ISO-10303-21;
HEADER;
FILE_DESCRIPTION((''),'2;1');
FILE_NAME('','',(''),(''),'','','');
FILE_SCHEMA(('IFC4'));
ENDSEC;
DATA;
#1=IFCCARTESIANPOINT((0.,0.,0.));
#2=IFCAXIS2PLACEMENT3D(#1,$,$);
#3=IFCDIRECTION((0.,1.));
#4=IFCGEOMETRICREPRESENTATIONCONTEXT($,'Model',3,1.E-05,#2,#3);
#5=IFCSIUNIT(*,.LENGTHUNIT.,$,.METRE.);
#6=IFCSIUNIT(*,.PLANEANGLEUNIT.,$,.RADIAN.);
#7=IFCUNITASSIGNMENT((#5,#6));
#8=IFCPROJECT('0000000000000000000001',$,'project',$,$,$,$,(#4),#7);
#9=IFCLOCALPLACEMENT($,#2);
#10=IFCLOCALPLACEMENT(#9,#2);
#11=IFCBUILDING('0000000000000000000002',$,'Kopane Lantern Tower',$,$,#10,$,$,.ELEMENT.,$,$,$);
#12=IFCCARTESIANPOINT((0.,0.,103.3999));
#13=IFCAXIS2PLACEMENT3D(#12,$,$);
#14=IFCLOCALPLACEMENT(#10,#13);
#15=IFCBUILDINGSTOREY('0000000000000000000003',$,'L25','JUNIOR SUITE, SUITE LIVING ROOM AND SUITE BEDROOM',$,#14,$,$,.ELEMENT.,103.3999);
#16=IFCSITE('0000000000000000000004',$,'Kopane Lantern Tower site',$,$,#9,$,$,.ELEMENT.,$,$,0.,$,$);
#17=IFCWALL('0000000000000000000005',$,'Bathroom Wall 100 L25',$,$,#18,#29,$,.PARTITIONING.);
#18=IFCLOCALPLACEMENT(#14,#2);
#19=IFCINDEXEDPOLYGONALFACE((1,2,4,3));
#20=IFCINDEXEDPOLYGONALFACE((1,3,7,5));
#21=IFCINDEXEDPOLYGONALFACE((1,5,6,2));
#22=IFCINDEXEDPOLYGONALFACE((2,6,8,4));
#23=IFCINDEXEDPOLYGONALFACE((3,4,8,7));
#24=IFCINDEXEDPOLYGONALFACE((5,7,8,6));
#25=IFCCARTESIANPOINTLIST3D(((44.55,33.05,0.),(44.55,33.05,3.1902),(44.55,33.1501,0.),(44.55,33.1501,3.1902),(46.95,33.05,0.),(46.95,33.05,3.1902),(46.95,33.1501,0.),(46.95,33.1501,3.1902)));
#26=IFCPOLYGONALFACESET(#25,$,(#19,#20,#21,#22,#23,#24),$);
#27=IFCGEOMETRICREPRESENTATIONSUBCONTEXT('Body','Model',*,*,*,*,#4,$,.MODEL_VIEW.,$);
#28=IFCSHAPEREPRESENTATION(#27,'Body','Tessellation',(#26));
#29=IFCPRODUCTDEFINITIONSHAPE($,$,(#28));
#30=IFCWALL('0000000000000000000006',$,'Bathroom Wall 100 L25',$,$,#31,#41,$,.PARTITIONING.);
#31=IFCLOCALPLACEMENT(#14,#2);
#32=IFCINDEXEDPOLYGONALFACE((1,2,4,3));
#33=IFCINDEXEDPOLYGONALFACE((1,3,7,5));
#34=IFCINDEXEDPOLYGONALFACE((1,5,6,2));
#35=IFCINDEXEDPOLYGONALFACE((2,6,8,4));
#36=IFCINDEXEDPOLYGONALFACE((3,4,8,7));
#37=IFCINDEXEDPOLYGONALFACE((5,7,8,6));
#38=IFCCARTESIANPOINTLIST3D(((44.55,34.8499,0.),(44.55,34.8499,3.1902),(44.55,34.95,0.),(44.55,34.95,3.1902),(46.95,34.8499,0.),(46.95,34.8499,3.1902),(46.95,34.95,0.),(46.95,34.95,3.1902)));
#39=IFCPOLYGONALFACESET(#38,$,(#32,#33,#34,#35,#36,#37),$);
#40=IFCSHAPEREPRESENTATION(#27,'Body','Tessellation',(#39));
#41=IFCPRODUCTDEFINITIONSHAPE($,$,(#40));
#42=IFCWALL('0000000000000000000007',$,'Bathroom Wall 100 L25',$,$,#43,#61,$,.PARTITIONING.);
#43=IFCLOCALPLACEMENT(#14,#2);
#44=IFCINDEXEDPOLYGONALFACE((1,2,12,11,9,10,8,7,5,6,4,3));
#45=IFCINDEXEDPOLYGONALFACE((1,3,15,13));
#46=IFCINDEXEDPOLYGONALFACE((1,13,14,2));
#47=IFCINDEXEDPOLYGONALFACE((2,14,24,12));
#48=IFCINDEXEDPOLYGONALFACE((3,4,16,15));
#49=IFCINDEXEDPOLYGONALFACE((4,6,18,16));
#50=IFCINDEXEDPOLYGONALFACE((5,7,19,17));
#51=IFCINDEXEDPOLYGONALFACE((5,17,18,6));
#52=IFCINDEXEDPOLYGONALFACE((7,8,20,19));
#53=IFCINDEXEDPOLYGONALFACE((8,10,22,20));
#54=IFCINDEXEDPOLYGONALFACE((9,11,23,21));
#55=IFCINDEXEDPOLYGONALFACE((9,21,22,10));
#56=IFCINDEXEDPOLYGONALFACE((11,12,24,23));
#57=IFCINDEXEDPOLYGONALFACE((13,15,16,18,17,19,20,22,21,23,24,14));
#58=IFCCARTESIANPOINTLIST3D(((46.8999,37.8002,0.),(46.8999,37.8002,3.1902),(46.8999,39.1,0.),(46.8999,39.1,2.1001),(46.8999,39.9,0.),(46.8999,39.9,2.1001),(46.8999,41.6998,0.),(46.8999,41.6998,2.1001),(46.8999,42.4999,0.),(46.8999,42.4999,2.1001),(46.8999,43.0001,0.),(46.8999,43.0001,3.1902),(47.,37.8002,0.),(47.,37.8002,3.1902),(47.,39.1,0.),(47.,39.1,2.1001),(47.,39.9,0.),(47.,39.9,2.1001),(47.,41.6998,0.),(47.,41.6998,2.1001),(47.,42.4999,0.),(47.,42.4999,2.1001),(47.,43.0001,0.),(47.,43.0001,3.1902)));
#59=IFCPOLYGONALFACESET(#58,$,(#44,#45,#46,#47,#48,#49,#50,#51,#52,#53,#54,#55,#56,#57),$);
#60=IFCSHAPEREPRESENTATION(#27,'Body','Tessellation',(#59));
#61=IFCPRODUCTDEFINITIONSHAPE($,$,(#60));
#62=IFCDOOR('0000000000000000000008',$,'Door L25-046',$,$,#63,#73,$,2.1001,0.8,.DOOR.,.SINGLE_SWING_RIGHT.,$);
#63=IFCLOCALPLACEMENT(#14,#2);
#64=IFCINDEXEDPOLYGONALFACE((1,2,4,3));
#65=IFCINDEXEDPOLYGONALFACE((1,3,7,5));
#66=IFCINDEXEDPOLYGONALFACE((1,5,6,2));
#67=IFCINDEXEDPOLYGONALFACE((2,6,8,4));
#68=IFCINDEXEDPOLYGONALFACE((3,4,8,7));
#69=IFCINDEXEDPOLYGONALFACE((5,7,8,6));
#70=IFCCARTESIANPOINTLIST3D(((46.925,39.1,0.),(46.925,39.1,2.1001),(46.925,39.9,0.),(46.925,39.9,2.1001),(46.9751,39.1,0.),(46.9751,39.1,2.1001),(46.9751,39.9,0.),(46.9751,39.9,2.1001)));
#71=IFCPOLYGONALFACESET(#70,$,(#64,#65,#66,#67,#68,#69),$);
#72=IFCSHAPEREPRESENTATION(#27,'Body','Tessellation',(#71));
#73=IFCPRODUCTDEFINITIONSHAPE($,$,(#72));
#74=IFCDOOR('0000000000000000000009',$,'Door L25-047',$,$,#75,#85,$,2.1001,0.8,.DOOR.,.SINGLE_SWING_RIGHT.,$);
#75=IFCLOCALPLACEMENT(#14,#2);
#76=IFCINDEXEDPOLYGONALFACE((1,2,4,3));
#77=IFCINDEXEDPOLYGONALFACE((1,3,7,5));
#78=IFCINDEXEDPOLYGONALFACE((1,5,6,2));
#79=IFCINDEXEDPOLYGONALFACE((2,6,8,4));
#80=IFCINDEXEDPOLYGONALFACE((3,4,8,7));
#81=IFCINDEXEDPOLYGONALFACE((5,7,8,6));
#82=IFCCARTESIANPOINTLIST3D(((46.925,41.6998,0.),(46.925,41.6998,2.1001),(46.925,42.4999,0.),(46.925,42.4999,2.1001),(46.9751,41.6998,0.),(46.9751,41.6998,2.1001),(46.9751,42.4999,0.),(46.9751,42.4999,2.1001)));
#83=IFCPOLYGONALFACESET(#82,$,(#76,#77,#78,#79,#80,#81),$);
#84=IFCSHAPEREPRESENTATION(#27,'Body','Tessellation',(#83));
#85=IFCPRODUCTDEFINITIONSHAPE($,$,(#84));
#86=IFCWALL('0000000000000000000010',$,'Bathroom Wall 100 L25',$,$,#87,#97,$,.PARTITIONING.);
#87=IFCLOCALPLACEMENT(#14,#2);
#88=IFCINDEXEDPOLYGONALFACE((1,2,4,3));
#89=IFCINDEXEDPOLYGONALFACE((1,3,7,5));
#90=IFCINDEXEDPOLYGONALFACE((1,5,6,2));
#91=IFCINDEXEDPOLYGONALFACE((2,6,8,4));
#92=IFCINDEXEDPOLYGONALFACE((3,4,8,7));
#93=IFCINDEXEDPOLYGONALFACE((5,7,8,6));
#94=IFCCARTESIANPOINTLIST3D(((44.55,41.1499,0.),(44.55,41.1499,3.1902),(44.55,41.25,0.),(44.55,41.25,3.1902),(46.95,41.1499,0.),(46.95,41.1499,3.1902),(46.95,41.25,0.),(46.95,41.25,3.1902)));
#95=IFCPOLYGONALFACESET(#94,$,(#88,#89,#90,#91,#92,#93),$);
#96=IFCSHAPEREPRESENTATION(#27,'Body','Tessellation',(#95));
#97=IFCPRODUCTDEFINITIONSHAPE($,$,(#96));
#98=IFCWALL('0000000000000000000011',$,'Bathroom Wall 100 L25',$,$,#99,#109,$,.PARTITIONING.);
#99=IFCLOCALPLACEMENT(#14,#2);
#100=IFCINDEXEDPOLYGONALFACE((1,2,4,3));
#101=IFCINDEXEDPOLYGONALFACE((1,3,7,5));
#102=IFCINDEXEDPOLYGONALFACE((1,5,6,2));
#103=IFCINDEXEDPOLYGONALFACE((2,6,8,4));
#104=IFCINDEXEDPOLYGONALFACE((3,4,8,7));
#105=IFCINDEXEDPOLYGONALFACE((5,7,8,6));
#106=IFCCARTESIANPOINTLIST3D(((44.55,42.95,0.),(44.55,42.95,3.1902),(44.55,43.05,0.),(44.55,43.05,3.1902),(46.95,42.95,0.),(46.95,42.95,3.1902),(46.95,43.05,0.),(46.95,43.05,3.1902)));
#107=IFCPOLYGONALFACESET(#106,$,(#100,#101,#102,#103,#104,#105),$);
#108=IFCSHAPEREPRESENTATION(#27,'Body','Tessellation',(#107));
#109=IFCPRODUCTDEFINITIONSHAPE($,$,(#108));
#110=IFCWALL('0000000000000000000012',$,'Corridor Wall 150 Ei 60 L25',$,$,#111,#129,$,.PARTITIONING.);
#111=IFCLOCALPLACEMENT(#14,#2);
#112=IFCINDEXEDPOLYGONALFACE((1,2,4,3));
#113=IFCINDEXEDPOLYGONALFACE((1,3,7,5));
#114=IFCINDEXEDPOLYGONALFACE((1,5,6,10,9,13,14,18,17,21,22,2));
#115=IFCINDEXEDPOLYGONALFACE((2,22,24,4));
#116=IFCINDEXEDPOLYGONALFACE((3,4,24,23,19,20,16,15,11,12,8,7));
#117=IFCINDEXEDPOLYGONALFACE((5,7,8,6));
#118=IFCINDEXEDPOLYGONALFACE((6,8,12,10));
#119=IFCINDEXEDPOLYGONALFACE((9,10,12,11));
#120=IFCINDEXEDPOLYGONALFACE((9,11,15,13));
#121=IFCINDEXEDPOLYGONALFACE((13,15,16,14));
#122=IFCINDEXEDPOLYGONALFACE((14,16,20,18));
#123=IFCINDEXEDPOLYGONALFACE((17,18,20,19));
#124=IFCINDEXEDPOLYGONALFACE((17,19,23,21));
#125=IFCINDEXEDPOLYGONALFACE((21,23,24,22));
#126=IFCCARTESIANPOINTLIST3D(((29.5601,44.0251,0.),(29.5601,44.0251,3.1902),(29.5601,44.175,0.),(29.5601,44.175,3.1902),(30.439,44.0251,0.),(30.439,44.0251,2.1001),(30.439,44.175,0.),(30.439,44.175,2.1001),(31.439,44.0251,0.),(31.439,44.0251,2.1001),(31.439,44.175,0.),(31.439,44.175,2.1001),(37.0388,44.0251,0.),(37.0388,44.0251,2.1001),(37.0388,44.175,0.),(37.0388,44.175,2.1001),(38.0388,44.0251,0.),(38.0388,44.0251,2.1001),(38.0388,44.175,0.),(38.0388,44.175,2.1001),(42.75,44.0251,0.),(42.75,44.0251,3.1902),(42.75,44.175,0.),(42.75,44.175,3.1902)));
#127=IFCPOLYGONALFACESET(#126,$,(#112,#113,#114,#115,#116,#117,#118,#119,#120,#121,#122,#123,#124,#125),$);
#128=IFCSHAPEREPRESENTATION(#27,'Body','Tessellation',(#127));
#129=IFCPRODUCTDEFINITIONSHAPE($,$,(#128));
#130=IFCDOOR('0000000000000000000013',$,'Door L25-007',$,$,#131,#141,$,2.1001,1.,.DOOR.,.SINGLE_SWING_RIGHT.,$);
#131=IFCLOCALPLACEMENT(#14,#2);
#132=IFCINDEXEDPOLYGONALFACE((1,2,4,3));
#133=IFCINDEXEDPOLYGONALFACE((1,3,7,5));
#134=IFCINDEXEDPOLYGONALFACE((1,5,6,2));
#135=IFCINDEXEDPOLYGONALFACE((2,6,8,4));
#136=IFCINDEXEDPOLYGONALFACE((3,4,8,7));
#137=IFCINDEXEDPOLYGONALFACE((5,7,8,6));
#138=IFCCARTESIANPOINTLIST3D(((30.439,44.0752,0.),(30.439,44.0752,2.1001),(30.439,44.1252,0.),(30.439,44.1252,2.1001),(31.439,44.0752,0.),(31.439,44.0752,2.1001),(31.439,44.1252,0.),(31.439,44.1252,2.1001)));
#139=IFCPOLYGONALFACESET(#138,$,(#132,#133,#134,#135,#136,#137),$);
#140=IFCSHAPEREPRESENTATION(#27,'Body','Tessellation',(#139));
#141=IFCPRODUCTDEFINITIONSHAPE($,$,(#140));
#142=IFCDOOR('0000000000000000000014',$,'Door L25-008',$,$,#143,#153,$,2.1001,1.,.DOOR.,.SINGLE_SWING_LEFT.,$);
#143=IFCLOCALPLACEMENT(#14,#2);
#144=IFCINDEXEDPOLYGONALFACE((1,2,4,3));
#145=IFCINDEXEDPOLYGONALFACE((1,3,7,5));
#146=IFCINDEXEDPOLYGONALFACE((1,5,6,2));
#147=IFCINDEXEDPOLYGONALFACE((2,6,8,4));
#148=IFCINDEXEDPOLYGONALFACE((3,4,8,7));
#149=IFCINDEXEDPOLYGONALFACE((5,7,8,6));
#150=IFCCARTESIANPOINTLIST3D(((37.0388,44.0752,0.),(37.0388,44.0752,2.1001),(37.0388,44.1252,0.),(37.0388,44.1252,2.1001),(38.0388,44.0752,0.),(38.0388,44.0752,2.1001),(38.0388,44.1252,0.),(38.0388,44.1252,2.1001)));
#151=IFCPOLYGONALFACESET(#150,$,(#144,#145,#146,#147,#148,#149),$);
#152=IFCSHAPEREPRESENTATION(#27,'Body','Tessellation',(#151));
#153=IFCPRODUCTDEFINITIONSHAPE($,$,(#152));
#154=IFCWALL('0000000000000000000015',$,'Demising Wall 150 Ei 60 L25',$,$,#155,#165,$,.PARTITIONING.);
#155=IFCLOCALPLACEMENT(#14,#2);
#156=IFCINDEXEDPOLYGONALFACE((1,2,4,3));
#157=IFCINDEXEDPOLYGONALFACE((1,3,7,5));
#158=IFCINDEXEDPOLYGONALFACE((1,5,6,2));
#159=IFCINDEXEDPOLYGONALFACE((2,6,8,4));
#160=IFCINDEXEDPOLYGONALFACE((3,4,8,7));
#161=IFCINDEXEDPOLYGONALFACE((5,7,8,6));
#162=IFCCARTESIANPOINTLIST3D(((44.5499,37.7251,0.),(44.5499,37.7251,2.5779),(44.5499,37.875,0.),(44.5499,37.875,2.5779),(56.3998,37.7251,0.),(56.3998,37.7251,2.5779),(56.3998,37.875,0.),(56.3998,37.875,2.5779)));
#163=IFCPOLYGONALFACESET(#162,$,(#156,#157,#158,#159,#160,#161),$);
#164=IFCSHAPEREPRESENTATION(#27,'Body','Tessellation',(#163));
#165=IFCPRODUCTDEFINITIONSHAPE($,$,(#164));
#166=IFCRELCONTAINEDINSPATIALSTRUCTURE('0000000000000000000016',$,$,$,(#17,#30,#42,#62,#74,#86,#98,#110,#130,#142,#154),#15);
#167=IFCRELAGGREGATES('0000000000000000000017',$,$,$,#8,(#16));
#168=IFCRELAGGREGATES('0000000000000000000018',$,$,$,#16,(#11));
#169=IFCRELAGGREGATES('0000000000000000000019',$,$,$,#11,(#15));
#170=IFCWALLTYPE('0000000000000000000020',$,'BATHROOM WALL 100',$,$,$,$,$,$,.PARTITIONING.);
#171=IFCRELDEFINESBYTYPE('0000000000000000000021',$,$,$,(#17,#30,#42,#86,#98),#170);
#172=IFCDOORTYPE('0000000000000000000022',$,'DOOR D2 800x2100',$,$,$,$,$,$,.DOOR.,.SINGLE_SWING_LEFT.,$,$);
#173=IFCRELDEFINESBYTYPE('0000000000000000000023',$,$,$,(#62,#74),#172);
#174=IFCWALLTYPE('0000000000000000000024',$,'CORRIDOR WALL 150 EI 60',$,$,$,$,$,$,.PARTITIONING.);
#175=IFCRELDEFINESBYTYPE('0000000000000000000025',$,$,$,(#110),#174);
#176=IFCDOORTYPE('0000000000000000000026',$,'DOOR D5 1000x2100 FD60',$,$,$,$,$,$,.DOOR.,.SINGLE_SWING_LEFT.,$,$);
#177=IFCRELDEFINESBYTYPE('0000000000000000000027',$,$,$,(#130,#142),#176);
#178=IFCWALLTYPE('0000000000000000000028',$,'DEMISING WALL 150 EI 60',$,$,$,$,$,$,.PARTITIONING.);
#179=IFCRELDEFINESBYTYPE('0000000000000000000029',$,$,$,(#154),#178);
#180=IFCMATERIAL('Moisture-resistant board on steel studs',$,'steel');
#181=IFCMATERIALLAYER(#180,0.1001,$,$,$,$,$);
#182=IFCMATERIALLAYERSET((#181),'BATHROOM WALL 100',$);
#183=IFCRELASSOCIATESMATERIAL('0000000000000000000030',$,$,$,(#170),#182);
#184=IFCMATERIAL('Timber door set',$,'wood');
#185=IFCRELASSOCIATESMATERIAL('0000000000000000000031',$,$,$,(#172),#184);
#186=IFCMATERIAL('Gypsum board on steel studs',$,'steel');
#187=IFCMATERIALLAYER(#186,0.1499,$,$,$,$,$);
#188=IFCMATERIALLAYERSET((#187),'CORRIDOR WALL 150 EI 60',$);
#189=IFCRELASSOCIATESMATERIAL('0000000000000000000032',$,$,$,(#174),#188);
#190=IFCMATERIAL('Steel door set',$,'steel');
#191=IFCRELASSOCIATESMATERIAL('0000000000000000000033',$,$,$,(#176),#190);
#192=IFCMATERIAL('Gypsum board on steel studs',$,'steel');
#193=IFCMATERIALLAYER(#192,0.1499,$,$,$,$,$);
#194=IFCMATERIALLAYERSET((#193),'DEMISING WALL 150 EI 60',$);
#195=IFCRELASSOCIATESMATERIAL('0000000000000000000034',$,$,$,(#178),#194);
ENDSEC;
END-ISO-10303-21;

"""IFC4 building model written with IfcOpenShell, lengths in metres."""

from ifc_helpers import new_model, si_unit, direction, frame, frame_2d, origin, place, context, subcontext, project, spatial, rectangle, extrude, material, layer, layer_set, type_object, element, fill, save


model = new_model("IFC4")

# Units and contexts
model_context = context("Model", 3, precision=1e-05, world=origin(), true_north=direction((0.0, 1.0)))
body_context = subcontext(model_context, "Body", "Model", "MODEL_VIEW")
ifc_project = project(units=[si_unit("LENGTHUNIT", "METRE"), si_unit("PLANEANGLEUNIT", "RADIAN")], contexts=[model_context])

# Site, building, storey
site_placement = place(None, origin())
site = spatial("IfcSite", under=ifc_project, at=site_placement, Name="Kopane Lantern Tower site", CompositionType="ELEMENT", RefElevation=0.0)
building_placement = place(site_placement, origin())
building = spatial("IfcBuilding", under=site, at=building_placement, Name="Kopane Lantern Tower", CompositionType="ELEMENT")
storey_placement = place(building_placement, frame((0.0, 0.0, 103.3999)))
storey = spatial("IfcBuildingStorey", under=building, at=storey_placement, Name="L25", Description="JUNIOR SUITE, SUITE LIVING ROOM AND SUITE BEDROOM", CompositionType="ELEMENT", Elevation=103.3999)

# Walls
ifc_material_1 = material(Name="Moisture-resistant board on steel studs", Category="steel")
ifc_layer_1 = layer(ifc_material_1, 0.1001)
ifc_layer_set_1 = layer_set([ifc_layer_1], Name="BATHROOM WALL 100")
wall_type_1 = type_object("IfcWallType", Name="BATHROOM WALL 100", PredefinedType="PARTITIONING", material=ifc_layer_set_1)
for number, where, z_axis, x_axis, name in (
    (1, (44.55, 33.1001, 0.0), (0.0, 0.0, 1.0), (1.0, 0.0, 0.0), "Bathroom Wall 100 L25"),
    (2, (44.55, 34.8999, 0.0), (0.0, 0.0, 1.0), (1.0, 0.0, 0.0), "Bathroom Wall 100 L25"),
):
    element("IfcWall", number, at=place(storey_placement, frame(where, z_axis=z_axis, x_axis=x_axis)), inside=storey, type_object=wall_type_1, Name=name, PredefinedType="PARTITIONING", context=body_context, shape_type="SweptSolid", body=[
        extrude(rectangle(XDim=2.3999, YDim=0.1001, at=frame_2d((1.2, 0.0))), origin(), (0.0, 0.0, 1.0), 3.1902),
    ])

# Wall, openings, doors
wall_1_placement = place(storey_placement, frame((46.95, 37.8, 0.0), z_axis=(0.0, 0.0, 1.0), x_axis=(0.0, 1.0, 0.0)))
wall_1 = element("IfcWall", 3, at=wall_1_placement, inside=storey, type_object=wall_type_1, Name="Bathroom Wall 100 L25", PredefinedType="PARTITIONING", context=body_context, shape_type="SweptSolid", body=[
    extrude(rectangle(XDim=5.2, YDim=0.1001, at=frame_2d((2.6001, 0.0))), origin(), (0.0, 0.0, 1.0), 3.1902),
])
opening_1_placement = place(wall_1_placement, frame((1.3, 0.0, 0.0)))
opening_1 = element("IfcOpeningElement", 4, at=opening_1_placement, cuts=wall_1, PredefinedType="OPENING", context=body_context, shape_type="SweptSolid", body=[
    extrude(rectangle(XDim=0.8, YDim=2.1001, at=frame_2d((0.3999, 1.05))), frame((0.0, 0.0601, 0.0), z_axis=(0.0, -1.0, 0.0), x_axis=(1.0, 0.0, 0.0)), (0.0, 0.0, 1.0), 0.1201),
])
opening_2_placement = place(wall_1_placement, frame((3.8999, 0.0, 0.0)))
opening_2 = element("IfcOpeningElement", 5, at=opening_2_placement, cuts=wall_1, PredefinedType="OPENING", context=body_context, shape_type="SweptSolid", body=[
    extrude(rectangle(XDim=0.8, YDim=2.1001, at=frame_2d((0.3999, 1.05))), frame((0.0, 0.0601, 0.0), z_axis=(0.0, -1.0, 0.0), x_axis=(1.0, 0.0, 0.0)), (0.0, 0.0, 1.0), 0.1201),
])
ifc_material_2 = material(Name="Timber door set", Category="wood")
door_type_1 = type_object("IfcDoorType", Name="DOOR D2 800x2100", OperationType="SINGLE_SWING_LEFT", PredefinedType="DOOR", material=ifc_material_2)
door_1_placement = place(opening_1_placement, origin())
door_1 = element("IfcDoor", 6, at=door_1_placement, inside=storey, type_object=door_type_1, Name="Door L25-046", OperationType="SINGLE_SWING_RIGHT", OverallHeight=2.1001, OverallWidth=0.8, PredefinedType="DOOR", context=body_context, shape_type="SweptSolid", body=[
    extrude(rectangle(XDim=0.8, YDim=2.1001, at=frame_2d((0.3999, 1.05))), frame((0.0, 0.0249, 0.0), z_axis=(0.0, -1.0, 0.0), x_axis=(1.0, 0.0, 0.0)), (0.0, 0.0, 1.0), 0.05),
])
fill(opening_1, door_1)
door_2_placement = place(opening_2_placement, origin())
door_2 = element("IfcDoor", 7, at=door_2_placement, inside=storey, type_object=door_type_1, Name="Door L25-047", OperationType="SINGLE_SWING_RIGHT", OverallHeight=2.1001, OverallWidth=0.8, PredefinedType="DOOR", context=body_context, shape_type="SweptSolid", body=[
    extrude(rectangle(XDim=0.8, YDim=2.1001, at=frame_2d((0.3999, 1.05))), frame((0.0, 0.0249, 0.0), z_axis=(0.0, -1.0, 0.0), x_axis=(1.0, 0.0, 0.0)), (0.0, 0.0, 1.0), 0.05),
])
fill(opening_2, door_2)

# Walls
for number, where, z_axis, x_axis, name in (
    (8, (44.55, 41.2, 0.0), (0.0, 0.0, 1.0), (1.0, 0.0, 0.0), "Bathroom Wall 100 L25"),
    (9, (44.55, 43.0, 0.0), (0.0, 0.0, 1.0), (1.0, 0.0, 0.0), "Bathroom Wall 100 L25"),
):
    element("IfcWall", number, at=place(storey_placement, frame(where, z_axis=z_axis, x_axis=x_axis)), inside=storey, type_object=wall_type_1, Name=name, PredefinedType="PARTITIONING", context=body_context, shape_type="SweptSolid", body=[
        extrude(rectangle(XDim=2.3999, YDim=0.1001, at=frame_2d((1.2, 0.0))), origin(), (0.0, 0.0, 1.0), 3.1902),
    ])

# Wall, openings, doors
ifc_material_3 = material(Name="Gypsum board on steel studs", Category="steel")
ifc_layer_2 = layer(ifc_material_3, 0.1499)
ifc_layer_set_2 = layer_set([ifc_layer_2], Name="CORRIDOR WALL 150 EI 60")
wall_type_2 = type_object("IfcWallType", Name="CORRIDOR WALL 150 EI 60", PredefinedType="PARTITIONING", material=ifc_layer_set_2)
wall_2_placement = place(storey_placement, frame((42.75, 44.1001, 0.0), z_axis=(0.0, 0.0, 1.0), x_axis=(-1.0, 0.0, 0.0)))
wall_2 = element("IfcWall", 10, at=wall_2_placement, inside=storey, type_object=wall_type_2, Name="Corridor Wall 150 Ei 60 L25", PredefinedType="PARTITIONING", context=body_context, shape_type="SweptSolid", body=[
    extrude(rectangle(XDim=13.1899, YDim=0.1499, at=frame_2d((6.595, 0.0))), origin(), (0.0, 0.0, 1.0), 3.1902),
])
opening_3_placement = place(wall_2_placement, frame((11.311, 0.0, 0.0)))
opening_3 = element("IfcOpeningElement", 11, at=opening_3_placement, cuts=wall_2, PredefinedType="OPENING", context=body_context, shape_type="SweptSolid", body=[
    extrude(rectangle(XDim=1.0, YDim=2.1001, at=frame_2d((0.5, 1.05))), frame((0.0, 0.085, 0.0), z_axis=(0.0, -1.0, 0.0), x_axis=(1.0, 0.0, 0.0)), (0.0, 0.0, 1.0), 0.1699),
])
opening_4_placement = place(wall_2_placement, frame((4.7112, 0.0, 0.0)))
opening_4 = element("IfcOpeningElement", 12, at=opening_4_placement, cuts=wall_2, PredefinedType="OPENING", context=body_context, shape_type="SweptSolid", body=[
    extrude(rectangle(XDim=1.0, YDim=2.1001, at=frame_2d((0.5, 1.05))), frame((0.0, 0.085, 0.0), z_axis=(0.0, -1.0, 0.0), x_axis=(1.0, 0.0, 0.0)), (0.0, 0.0, 1.0), 0.1699),
])
ifc_material_4 = material(Name="Steel door set", Category="steel")
door_type_2 = type_object("IfcDoorType", Name="DOOR D5 1000x2100 FD60", OperationType="SINGLE_SWING_LEFT", PredefinedType="DOOR", material=ifc_material_4)
door_3_placement = place(opening_3_placement, origin())
door_3 = element("IfcDoor", 13, at=door_3_placement, inside=storey, type_object=door_type_2, Name="Door L25-007", OperationType="SINGLE_SWING_RIGHT", OverallHeight=2.1001, OverallWidth=1.0, PredefinedType="DOOR", context=body_context, shape_type="SweptSolid", body=[
    extrude(rectangle(XDim=1.0, YDim=2.1001, at=frame_2d((0.5, 1.05))), frame((0.0, 0.0249, 0.0), z_axis=(0.0, -1.0, 0.0), x_axis=(1.0, 0.0, 0.0)), (0.0, 0.0, 1.0), 0.05),
])
fill(opening_3, door_3)
door_4_placement = place(opening_4_placement, origin())
door_4 = element("IfcDoor", 14, at=door_4_placement, inside=storey, type_object=door_type_2, Name="Door L25-008", OperationType="SINGLE_SWING_LEFT", OverallHeight=2.1001, OverallWidth=1.0, PredefinedType="DOOR", context=body_context, shape_type="SweptSolid", body=[
    extrude(rectangle(XDim=1.0, YDim=2.1001, at=frame_2d((0.5, 1.05))), frame((0.0, 0.0249, 0.0), z_axis=(0.0, -1.0, 0.0), x_axis=(1.0, 0.0, 0.0)), (0.0, 0.0, 1.0), 0.05),
])
fill(opening_4, door_4)

# Wall
ifc_material_5 = material(Name="Gypsum board on steel studs", Category="steel")
ifc_layer_3 = layer(ifc_material_5, 0.1499)
ifc_layer_set_3 = layer_set([ifc_layer_3], Name="DEMISING WALL 150 EI 60")
wall_type_3 = type_object("IfcWallType", Name="DEMISING WALL 150 EI 60", PredefinedType="PARTITIONING", material=ifc_layer_set_3)
wall_3_placement = place(storey_placement, frame((44.55, 37.8, 0.0), z_axis=(0.0, 0.0, 1.0), x_axis=(1.0, 0.0, 0.0)))
element("IfcWall", 15, at=wall_3_placement, inside=storey, type_object=wall_type_3, Name="Demising Wall 150 Ei 60 L25", PredefinedType="PARTITIONING", context=body_context, shape_type="SweptSolid", body=[
    extrude(rectangle(XDim=11.8499, YDim=0.1499, at=frame_2d((5.9248, 0.0))), origin(), (0.0, 0.0, 1.0), 2.5779),
])

save(model, "model.ifc")
